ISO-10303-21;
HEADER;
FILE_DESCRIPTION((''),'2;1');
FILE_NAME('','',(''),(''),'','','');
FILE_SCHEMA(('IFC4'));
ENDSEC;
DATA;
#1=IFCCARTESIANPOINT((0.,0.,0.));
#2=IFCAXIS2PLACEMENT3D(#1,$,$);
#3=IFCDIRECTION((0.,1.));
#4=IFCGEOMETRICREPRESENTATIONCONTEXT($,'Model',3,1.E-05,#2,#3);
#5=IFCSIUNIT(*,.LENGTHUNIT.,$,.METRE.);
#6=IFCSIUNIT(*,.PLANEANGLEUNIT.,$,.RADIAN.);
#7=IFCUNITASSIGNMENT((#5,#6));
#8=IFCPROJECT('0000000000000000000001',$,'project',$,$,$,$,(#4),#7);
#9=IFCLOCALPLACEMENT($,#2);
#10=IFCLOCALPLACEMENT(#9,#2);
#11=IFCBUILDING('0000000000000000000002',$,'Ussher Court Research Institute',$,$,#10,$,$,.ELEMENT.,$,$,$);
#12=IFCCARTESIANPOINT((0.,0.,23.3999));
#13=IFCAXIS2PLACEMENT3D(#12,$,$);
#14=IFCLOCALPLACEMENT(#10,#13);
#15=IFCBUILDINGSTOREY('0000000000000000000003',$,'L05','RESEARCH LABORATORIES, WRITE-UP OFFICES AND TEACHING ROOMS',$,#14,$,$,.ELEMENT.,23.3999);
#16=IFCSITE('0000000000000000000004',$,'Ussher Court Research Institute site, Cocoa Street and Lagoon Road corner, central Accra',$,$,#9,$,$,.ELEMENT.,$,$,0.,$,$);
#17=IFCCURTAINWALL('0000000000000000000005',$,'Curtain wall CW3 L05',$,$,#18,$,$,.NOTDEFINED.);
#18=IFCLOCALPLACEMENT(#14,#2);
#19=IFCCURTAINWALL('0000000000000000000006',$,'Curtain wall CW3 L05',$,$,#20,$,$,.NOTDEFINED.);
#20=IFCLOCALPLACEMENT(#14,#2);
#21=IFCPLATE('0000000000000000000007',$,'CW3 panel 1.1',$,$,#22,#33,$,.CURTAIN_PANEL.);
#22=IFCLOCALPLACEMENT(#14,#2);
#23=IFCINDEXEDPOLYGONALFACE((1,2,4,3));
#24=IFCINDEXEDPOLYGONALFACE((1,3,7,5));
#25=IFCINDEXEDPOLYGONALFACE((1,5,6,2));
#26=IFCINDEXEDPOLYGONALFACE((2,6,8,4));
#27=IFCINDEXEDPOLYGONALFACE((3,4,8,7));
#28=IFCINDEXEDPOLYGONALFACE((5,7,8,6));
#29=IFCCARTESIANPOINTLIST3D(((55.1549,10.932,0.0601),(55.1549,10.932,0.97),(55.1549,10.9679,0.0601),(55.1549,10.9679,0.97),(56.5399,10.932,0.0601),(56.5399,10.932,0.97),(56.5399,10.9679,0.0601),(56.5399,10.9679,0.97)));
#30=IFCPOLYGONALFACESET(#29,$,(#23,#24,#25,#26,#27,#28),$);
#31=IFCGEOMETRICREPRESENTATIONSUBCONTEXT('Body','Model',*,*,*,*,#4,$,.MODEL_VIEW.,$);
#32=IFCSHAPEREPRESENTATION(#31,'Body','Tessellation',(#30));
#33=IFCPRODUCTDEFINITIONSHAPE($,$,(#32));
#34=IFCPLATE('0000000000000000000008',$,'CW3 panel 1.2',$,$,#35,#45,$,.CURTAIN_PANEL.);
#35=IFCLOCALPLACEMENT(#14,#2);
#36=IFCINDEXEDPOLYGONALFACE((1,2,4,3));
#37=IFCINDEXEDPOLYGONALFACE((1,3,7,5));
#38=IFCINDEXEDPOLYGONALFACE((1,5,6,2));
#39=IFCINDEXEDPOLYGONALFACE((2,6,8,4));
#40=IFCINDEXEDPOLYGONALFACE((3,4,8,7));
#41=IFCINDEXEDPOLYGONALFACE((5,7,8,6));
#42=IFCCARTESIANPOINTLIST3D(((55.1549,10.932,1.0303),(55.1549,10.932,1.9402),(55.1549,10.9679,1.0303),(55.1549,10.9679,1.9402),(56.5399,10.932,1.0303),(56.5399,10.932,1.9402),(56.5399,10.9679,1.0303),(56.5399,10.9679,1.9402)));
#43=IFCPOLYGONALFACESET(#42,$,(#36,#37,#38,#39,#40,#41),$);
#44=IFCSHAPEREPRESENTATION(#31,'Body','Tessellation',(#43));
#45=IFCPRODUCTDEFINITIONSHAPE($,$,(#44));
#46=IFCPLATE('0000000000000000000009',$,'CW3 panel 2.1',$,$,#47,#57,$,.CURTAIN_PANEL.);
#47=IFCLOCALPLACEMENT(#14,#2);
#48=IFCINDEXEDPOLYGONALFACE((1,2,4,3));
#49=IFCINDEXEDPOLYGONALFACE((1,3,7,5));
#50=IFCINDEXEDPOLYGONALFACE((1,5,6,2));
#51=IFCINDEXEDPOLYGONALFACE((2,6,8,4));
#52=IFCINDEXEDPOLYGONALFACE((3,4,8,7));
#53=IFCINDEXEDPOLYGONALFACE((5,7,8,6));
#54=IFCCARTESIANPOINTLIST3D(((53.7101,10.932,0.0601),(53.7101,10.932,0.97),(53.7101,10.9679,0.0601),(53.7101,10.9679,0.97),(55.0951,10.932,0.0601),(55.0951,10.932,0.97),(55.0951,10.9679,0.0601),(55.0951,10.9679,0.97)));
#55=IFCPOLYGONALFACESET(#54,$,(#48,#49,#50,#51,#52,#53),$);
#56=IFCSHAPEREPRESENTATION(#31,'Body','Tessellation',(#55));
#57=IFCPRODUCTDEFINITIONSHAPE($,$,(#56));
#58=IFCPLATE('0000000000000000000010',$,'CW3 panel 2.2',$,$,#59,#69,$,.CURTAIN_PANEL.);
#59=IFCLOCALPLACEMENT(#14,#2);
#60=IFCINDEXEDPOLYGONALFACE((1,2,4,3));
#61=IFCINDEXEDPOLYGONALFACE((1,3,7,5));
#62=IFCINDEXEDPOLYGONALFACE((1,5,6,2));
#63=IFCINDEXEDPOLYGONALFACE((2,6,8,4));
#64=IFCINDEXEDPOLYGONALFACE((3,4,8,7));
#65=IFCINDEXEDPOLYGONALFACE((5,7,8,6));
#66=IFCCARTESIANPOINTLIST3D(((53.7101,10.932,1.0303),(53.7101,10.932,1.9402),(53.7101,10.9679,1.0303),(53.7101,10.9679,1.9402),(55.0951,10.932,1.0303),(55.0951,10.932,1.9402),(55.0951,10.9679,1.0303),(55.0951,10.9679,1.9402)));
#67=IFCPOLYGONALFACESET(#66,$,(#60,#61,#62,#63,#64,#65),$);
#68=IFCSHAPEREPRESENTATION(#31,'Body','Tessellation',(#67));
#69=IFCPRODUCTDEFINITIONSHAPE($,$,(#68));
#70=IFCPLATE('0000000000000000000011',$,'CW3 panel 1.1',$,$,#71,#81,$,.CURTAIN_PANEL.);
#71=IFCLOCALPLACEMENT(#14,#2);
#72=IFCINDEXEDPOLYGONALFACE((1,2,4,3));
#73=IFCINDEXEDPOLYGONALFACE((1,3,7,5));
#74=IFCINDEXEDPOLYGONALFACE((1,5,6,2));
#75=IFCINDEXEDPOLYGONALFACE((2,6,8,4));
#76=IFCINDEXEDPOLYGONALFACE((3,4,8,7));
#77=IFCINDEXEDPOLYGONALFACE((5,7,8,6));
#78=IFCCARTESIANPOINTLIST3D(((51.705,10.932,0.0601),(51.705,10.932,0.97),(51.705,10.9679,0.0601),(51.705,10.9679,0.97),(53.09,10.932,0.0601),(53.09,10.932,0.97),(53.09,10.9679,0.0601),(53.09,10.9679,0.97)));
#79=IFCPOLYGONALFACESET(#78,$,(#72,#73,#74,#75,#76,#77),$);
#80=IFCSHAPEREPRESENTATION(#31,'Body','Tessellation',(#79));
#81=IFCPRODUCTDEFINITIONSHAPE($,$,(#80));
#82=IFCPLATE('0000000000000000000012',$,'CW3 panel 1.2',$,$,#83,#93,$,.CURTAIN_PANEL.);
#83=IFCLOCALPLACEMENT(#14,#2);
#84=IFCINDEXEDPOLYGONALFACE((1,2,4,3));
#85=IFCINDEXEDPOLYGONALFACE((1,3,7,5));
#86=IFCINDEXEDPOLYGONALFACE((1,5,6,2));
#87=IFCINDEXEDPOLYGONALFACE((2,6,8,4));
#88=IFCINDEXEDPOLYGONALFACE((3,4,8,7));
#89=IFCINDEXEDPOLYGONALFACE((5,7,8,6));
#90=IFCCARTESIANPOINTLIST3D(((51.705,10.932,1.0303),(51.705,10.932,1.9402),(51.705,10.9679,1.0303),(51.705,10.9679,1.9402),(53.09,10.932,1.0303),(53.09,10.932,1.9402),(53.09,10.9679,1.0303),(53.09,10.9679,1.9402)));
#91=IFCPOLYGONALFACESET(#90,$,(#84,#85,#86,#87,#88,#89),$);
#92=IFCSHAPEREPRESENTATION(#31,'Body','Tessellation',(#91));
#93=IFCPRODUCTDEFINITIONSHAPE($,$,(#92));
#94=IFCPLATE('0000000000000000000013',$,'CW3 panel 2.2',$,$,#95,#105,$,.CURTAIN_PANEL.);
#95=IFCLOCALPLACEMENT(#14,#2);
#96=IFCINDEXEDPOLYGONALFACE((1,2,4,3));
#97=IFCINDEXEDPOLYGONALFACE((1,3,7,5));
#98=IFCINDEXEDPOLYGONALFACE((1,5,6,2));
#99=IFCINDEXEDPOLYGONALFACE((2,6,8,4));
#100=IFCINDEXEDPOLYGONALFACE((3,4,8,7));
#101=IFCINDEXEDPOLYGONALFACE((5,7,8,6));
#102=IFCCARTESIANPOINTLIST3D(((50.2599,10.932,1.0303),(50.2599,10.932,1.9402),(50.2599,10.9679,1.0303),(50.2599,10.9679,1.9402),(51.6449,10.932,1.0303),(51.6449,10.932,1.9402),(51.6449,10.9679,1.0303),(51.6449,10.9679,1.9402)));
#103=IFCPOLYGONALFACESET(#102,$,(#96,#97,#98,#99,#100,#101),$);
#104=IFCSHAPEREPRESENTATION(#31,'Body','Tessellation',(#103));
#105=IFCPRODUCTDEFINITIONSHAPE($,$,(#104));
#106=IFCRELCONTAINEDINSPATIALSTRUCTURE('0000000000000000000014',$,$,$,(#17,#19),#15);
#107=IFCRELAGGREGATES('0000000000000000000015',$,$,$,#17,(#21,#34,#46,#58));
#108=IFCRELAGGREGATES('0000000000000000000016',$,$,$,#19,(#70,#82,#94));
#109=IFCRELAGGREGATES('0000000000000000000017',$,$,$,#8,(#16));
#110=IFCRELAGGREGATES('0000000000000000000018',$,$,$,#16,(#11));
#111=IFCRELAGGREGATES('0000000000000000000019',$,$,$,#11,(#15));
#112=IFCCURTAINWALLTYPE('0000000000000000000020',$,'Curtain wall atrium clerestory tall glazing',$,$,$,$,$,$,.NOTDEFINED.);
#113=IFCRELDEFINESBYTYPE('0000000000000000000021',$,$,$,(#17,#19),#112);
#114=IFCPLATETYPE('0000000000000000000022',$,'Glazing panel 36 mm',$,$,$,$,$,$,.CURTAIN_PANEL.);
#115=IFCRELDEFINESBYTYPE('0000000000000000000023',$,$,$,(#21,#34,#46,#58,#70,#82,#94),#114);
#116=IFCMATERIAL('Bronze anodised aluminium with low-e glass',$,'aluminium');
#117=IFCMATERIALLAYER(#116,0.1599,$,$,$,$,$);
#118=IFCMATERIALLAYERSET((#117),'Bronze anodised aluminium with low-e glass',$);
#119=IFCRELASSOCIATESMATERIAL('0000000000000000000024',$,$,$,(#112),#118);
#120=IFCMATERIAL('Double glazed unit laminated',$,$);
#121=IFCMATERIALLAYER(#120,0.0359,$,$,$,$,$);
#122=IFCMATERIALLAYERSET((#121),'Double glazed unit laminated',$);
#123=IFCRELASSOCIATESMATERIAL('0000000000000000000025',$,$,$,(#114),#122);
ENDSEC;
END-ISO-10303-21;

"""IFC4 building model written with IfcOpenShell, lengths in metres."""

from ifc_helpers import new_model, si_unit, direction, frame, origin, origin_2d, place, context, subcontext, project, spatial, rectangle, extrude, material, layer, layer_set, type_object, element, aggregate, save


model = new_model("IFC4")

# Units and contexts
model_context = context("Model", 3, precision=1e-05, world=origin(), true_north=direction((0.0, 1.0)))
body_context = subcontext(model_context, "Body", "Model", "MODEL_VIEW")
ifc_project = project(units=[si_unit("LENGTHUNIT", "METRE"), si_unit("PLANEANGLEUNIT", "RADIAN")], contexts=[model_context])

# Site, building, storey
site_placement = place(None, origin())
site = spatial("IfcSite", under=ifc_project, at=site_placement, Name="Ussher Court Research Institute site, Cocoa Street and Lagoon Road corner, central Accra", CompositionType="ELEMENT", RefElevation=0.0)
building_placement = place(site_placement, origin())
building = spatial("IfcBuilding", under=site, at=building_placement, Name="Ussher Court Research Institute", CompositionType="ELEMENT")
storey_placement = place(building_placement, frame((0.0, 0.0, 23.3999)))
storey = spatial("IfcBuildingStorey", under=building, at=storey_placement, Name="L05", Description="RESEARCH LABORATORIES, WRITE-UP OFFICES AND TEACHING ROOMS", CompositionType="ELEMENT", Elevation=23.3999)

# Curtain walls
ifc_material_1 = material(Name="Bronze anodised aluminium with low-e glass", Category="aluminium")
ifc_layer_1 = layer(ifc_material_1, 0.1599)
ifc_layer_set_1 = layer_set([ifc_layer_1], Name="Bronze anodised aluminium with low-e glass")
curtain_wall_type = type_object("IfcCurtainWallType", Name="Curtain wall atrium clerestory tall glazing", PredefinedType="NOTDEFINED", material=ifc_layer_set_1)
curtain_wall_1_placement = place(storey_placement, origin())
curtain_wall_1 = element("IfcCurtainWall", 1, at=curtain_wall_1_placement, inside=storey, type_object=curtain_wall_type, Name="Curtain wall CW3 L05", PredefinedType="NOTDEFINED")
curtain_wall_2_placement = place(storey_placement, origin())
curtain_wall_2 = element("IfcCurtainWall", 2, at=curtain_wall_2_placement, inside=storey, type_object=curtain_wall_type, Name="Curtain wall CW3 L05", PredefinedType="NOTDEFINED")

# Plates
ifc_material_2 = material(Name="Double glazed unit laminated")
ifc_layer_2 = layer(ifc_material_2, 0.0359)
ifc_layer_set_2 = layer_set([ifc_layer_2], Name="Double glazed unit laminated")
plate_type = type_object("IfcPlateType", Name="Glazing panel 36 mm", PredefinedType="CURTAIN_PANEL", material=ifc_layer_set_2)
plate_1_placement = place(storey_placement, frame((55.8474, 10.95, 0.0601), z_axis=(0.0, 0.0, 1.0), x_axis=(-1.0, 0.0, 0.0)))
plate_1 = element("IfcPlate", 3, at=plate_1_placement, type_object=plate_type, Name="CW3 panel 1.1", PredefinedType="CURTAIN_PANEL", context=body_context, shape_type="SweptSolid", body=[
    extrude(rectangle(XDim=1.385, YDim=0.0359, at=origin_2d()), origin(), (0.0, 0.0, 1.0), 0.9099),
])
plate_2_placement = place(storey_placement, frame((55.8474, 10.95, 1.0303), z_axis=(0.0, 0.0, 1.0), x_axis=(-1.0, 0.0, 0.0)))
plate_2 = element("IfcPlate", 4, at=plate_2_placement, type_object=plate_type, Name="CW3 panel 1.2", PredefinedType="CURTAIN_PANEL", context=body_context, shape_type="SweptSolid", body=[
    extrude(rectangle(XDim=1.385, YDim=0.0359, at=origin_2d()), origin(), (0.0, 0.0, 1.0), 0.9099),
])
plate_3_placement = place(storey_placement, frame((54.4026, 10.95, 0.0601), z_axis=(0.0, 0.0, 1.0), x_axis=(-1.0, 0.0, 0.0)))
plate_3 = element("IfcPlate", 5, at=plate_3_placement, type_object=plate_type, Name="CW3 panel 2.1", PredefinedType="CURTAIN_PANEL", context=body_context, shape_type="SweptSolid", body=[
    extrude(rectangle(XDim=1.385, YDim=0.0359, at=origin_2d()), origin(), (0.0, 0.0, 1.0), 0.9099),
])
plate_4_placement = place(storey_placement, frame((54.4026, 10.95, 1.0303), z_axis=(0.0, 0.0, 1.0), x_axis=(-1.0, 0.0, 0.0)))
plate_4 = element("IfcPlate", 6, at=plate_4_placement, type_object=plate_type, Name="CW3 panel 2.2", PredefinedType="CURTAIN_PANEL", context=body_context, shape_type="SweptSolid", body=[
    extrude(rectangle(XDim=1.385, YDim=0.0359, at=origin_2d()), origin(), (0.0, 0.0, 1.0), 0.9099),
])
aggregate(curtain_wall_1, [plate_1, plate_2, plate_3, plate_4])
plate_5_placement = place(storey_placement, frame((52.3975, 10.95, 0.0601), z_axis=(0.0, 0.0, 1.0), x_axis=(-1.0, 0.0, 0.0)))
plate_5 = element("IfcPlate", 7, at=plate_5_placement, type_object=plate_type, Name="CW3 panel 1.1", PredefinedType="CURTAIN_PANEL", context=body_context, shape_type="SweptSolid", body=[
    extrude(rectangle(XDim=1.385, YDim=0.0359, at=origin_2d()), origin(), (0.0, 0.0, 1.0), 0.9099),
])
plate_6_placement = place(storey_placement, frame((52.3975, 10.95, 1.0303), z_axis=(0.0, 0.0, 1.0), x_axis=(-1.0, 0.0, 0.0)))
plate_6 = element("IfcPlate", 8, at=plate_6_placement, type_object=plate_type, Name="CW3 panel 1.2", PredefinedType="CURTAIN_PANEL", context=body_context, shape_type="SweptSolid", body=[
    extrude(rectangle(XDim=1.385, YDim=0.0359, at=origin_2d()), origin(), (0.0, 0.0, 1.0), 0.9099),
])
plate_7_placement = place(storey_placement, frame((50.9524, 10.95, 1.0303), z_axis=(0.0, 0.0, 1.0), x_axis=(-1.0, 0.0, 0.0)))
plate_7 = element("IfcPlate", 9, at=plate_7_placement, type_object=plate_type, Name="CW3 panel 2.2", PredefinedType="CURTAIN_PANEL", context=body_context, shape_type="SweptSolid", body=[
    extrude(rectangle(XDim=1.385, YDim=0.0359, at=origin_2d()), origin(), (0.0, 0.0, 1.0), 0.9099),
])
aggregate(curtain_wall_2, [plate_5, plate_6, plate_7])

save(model, "model.ifc")
